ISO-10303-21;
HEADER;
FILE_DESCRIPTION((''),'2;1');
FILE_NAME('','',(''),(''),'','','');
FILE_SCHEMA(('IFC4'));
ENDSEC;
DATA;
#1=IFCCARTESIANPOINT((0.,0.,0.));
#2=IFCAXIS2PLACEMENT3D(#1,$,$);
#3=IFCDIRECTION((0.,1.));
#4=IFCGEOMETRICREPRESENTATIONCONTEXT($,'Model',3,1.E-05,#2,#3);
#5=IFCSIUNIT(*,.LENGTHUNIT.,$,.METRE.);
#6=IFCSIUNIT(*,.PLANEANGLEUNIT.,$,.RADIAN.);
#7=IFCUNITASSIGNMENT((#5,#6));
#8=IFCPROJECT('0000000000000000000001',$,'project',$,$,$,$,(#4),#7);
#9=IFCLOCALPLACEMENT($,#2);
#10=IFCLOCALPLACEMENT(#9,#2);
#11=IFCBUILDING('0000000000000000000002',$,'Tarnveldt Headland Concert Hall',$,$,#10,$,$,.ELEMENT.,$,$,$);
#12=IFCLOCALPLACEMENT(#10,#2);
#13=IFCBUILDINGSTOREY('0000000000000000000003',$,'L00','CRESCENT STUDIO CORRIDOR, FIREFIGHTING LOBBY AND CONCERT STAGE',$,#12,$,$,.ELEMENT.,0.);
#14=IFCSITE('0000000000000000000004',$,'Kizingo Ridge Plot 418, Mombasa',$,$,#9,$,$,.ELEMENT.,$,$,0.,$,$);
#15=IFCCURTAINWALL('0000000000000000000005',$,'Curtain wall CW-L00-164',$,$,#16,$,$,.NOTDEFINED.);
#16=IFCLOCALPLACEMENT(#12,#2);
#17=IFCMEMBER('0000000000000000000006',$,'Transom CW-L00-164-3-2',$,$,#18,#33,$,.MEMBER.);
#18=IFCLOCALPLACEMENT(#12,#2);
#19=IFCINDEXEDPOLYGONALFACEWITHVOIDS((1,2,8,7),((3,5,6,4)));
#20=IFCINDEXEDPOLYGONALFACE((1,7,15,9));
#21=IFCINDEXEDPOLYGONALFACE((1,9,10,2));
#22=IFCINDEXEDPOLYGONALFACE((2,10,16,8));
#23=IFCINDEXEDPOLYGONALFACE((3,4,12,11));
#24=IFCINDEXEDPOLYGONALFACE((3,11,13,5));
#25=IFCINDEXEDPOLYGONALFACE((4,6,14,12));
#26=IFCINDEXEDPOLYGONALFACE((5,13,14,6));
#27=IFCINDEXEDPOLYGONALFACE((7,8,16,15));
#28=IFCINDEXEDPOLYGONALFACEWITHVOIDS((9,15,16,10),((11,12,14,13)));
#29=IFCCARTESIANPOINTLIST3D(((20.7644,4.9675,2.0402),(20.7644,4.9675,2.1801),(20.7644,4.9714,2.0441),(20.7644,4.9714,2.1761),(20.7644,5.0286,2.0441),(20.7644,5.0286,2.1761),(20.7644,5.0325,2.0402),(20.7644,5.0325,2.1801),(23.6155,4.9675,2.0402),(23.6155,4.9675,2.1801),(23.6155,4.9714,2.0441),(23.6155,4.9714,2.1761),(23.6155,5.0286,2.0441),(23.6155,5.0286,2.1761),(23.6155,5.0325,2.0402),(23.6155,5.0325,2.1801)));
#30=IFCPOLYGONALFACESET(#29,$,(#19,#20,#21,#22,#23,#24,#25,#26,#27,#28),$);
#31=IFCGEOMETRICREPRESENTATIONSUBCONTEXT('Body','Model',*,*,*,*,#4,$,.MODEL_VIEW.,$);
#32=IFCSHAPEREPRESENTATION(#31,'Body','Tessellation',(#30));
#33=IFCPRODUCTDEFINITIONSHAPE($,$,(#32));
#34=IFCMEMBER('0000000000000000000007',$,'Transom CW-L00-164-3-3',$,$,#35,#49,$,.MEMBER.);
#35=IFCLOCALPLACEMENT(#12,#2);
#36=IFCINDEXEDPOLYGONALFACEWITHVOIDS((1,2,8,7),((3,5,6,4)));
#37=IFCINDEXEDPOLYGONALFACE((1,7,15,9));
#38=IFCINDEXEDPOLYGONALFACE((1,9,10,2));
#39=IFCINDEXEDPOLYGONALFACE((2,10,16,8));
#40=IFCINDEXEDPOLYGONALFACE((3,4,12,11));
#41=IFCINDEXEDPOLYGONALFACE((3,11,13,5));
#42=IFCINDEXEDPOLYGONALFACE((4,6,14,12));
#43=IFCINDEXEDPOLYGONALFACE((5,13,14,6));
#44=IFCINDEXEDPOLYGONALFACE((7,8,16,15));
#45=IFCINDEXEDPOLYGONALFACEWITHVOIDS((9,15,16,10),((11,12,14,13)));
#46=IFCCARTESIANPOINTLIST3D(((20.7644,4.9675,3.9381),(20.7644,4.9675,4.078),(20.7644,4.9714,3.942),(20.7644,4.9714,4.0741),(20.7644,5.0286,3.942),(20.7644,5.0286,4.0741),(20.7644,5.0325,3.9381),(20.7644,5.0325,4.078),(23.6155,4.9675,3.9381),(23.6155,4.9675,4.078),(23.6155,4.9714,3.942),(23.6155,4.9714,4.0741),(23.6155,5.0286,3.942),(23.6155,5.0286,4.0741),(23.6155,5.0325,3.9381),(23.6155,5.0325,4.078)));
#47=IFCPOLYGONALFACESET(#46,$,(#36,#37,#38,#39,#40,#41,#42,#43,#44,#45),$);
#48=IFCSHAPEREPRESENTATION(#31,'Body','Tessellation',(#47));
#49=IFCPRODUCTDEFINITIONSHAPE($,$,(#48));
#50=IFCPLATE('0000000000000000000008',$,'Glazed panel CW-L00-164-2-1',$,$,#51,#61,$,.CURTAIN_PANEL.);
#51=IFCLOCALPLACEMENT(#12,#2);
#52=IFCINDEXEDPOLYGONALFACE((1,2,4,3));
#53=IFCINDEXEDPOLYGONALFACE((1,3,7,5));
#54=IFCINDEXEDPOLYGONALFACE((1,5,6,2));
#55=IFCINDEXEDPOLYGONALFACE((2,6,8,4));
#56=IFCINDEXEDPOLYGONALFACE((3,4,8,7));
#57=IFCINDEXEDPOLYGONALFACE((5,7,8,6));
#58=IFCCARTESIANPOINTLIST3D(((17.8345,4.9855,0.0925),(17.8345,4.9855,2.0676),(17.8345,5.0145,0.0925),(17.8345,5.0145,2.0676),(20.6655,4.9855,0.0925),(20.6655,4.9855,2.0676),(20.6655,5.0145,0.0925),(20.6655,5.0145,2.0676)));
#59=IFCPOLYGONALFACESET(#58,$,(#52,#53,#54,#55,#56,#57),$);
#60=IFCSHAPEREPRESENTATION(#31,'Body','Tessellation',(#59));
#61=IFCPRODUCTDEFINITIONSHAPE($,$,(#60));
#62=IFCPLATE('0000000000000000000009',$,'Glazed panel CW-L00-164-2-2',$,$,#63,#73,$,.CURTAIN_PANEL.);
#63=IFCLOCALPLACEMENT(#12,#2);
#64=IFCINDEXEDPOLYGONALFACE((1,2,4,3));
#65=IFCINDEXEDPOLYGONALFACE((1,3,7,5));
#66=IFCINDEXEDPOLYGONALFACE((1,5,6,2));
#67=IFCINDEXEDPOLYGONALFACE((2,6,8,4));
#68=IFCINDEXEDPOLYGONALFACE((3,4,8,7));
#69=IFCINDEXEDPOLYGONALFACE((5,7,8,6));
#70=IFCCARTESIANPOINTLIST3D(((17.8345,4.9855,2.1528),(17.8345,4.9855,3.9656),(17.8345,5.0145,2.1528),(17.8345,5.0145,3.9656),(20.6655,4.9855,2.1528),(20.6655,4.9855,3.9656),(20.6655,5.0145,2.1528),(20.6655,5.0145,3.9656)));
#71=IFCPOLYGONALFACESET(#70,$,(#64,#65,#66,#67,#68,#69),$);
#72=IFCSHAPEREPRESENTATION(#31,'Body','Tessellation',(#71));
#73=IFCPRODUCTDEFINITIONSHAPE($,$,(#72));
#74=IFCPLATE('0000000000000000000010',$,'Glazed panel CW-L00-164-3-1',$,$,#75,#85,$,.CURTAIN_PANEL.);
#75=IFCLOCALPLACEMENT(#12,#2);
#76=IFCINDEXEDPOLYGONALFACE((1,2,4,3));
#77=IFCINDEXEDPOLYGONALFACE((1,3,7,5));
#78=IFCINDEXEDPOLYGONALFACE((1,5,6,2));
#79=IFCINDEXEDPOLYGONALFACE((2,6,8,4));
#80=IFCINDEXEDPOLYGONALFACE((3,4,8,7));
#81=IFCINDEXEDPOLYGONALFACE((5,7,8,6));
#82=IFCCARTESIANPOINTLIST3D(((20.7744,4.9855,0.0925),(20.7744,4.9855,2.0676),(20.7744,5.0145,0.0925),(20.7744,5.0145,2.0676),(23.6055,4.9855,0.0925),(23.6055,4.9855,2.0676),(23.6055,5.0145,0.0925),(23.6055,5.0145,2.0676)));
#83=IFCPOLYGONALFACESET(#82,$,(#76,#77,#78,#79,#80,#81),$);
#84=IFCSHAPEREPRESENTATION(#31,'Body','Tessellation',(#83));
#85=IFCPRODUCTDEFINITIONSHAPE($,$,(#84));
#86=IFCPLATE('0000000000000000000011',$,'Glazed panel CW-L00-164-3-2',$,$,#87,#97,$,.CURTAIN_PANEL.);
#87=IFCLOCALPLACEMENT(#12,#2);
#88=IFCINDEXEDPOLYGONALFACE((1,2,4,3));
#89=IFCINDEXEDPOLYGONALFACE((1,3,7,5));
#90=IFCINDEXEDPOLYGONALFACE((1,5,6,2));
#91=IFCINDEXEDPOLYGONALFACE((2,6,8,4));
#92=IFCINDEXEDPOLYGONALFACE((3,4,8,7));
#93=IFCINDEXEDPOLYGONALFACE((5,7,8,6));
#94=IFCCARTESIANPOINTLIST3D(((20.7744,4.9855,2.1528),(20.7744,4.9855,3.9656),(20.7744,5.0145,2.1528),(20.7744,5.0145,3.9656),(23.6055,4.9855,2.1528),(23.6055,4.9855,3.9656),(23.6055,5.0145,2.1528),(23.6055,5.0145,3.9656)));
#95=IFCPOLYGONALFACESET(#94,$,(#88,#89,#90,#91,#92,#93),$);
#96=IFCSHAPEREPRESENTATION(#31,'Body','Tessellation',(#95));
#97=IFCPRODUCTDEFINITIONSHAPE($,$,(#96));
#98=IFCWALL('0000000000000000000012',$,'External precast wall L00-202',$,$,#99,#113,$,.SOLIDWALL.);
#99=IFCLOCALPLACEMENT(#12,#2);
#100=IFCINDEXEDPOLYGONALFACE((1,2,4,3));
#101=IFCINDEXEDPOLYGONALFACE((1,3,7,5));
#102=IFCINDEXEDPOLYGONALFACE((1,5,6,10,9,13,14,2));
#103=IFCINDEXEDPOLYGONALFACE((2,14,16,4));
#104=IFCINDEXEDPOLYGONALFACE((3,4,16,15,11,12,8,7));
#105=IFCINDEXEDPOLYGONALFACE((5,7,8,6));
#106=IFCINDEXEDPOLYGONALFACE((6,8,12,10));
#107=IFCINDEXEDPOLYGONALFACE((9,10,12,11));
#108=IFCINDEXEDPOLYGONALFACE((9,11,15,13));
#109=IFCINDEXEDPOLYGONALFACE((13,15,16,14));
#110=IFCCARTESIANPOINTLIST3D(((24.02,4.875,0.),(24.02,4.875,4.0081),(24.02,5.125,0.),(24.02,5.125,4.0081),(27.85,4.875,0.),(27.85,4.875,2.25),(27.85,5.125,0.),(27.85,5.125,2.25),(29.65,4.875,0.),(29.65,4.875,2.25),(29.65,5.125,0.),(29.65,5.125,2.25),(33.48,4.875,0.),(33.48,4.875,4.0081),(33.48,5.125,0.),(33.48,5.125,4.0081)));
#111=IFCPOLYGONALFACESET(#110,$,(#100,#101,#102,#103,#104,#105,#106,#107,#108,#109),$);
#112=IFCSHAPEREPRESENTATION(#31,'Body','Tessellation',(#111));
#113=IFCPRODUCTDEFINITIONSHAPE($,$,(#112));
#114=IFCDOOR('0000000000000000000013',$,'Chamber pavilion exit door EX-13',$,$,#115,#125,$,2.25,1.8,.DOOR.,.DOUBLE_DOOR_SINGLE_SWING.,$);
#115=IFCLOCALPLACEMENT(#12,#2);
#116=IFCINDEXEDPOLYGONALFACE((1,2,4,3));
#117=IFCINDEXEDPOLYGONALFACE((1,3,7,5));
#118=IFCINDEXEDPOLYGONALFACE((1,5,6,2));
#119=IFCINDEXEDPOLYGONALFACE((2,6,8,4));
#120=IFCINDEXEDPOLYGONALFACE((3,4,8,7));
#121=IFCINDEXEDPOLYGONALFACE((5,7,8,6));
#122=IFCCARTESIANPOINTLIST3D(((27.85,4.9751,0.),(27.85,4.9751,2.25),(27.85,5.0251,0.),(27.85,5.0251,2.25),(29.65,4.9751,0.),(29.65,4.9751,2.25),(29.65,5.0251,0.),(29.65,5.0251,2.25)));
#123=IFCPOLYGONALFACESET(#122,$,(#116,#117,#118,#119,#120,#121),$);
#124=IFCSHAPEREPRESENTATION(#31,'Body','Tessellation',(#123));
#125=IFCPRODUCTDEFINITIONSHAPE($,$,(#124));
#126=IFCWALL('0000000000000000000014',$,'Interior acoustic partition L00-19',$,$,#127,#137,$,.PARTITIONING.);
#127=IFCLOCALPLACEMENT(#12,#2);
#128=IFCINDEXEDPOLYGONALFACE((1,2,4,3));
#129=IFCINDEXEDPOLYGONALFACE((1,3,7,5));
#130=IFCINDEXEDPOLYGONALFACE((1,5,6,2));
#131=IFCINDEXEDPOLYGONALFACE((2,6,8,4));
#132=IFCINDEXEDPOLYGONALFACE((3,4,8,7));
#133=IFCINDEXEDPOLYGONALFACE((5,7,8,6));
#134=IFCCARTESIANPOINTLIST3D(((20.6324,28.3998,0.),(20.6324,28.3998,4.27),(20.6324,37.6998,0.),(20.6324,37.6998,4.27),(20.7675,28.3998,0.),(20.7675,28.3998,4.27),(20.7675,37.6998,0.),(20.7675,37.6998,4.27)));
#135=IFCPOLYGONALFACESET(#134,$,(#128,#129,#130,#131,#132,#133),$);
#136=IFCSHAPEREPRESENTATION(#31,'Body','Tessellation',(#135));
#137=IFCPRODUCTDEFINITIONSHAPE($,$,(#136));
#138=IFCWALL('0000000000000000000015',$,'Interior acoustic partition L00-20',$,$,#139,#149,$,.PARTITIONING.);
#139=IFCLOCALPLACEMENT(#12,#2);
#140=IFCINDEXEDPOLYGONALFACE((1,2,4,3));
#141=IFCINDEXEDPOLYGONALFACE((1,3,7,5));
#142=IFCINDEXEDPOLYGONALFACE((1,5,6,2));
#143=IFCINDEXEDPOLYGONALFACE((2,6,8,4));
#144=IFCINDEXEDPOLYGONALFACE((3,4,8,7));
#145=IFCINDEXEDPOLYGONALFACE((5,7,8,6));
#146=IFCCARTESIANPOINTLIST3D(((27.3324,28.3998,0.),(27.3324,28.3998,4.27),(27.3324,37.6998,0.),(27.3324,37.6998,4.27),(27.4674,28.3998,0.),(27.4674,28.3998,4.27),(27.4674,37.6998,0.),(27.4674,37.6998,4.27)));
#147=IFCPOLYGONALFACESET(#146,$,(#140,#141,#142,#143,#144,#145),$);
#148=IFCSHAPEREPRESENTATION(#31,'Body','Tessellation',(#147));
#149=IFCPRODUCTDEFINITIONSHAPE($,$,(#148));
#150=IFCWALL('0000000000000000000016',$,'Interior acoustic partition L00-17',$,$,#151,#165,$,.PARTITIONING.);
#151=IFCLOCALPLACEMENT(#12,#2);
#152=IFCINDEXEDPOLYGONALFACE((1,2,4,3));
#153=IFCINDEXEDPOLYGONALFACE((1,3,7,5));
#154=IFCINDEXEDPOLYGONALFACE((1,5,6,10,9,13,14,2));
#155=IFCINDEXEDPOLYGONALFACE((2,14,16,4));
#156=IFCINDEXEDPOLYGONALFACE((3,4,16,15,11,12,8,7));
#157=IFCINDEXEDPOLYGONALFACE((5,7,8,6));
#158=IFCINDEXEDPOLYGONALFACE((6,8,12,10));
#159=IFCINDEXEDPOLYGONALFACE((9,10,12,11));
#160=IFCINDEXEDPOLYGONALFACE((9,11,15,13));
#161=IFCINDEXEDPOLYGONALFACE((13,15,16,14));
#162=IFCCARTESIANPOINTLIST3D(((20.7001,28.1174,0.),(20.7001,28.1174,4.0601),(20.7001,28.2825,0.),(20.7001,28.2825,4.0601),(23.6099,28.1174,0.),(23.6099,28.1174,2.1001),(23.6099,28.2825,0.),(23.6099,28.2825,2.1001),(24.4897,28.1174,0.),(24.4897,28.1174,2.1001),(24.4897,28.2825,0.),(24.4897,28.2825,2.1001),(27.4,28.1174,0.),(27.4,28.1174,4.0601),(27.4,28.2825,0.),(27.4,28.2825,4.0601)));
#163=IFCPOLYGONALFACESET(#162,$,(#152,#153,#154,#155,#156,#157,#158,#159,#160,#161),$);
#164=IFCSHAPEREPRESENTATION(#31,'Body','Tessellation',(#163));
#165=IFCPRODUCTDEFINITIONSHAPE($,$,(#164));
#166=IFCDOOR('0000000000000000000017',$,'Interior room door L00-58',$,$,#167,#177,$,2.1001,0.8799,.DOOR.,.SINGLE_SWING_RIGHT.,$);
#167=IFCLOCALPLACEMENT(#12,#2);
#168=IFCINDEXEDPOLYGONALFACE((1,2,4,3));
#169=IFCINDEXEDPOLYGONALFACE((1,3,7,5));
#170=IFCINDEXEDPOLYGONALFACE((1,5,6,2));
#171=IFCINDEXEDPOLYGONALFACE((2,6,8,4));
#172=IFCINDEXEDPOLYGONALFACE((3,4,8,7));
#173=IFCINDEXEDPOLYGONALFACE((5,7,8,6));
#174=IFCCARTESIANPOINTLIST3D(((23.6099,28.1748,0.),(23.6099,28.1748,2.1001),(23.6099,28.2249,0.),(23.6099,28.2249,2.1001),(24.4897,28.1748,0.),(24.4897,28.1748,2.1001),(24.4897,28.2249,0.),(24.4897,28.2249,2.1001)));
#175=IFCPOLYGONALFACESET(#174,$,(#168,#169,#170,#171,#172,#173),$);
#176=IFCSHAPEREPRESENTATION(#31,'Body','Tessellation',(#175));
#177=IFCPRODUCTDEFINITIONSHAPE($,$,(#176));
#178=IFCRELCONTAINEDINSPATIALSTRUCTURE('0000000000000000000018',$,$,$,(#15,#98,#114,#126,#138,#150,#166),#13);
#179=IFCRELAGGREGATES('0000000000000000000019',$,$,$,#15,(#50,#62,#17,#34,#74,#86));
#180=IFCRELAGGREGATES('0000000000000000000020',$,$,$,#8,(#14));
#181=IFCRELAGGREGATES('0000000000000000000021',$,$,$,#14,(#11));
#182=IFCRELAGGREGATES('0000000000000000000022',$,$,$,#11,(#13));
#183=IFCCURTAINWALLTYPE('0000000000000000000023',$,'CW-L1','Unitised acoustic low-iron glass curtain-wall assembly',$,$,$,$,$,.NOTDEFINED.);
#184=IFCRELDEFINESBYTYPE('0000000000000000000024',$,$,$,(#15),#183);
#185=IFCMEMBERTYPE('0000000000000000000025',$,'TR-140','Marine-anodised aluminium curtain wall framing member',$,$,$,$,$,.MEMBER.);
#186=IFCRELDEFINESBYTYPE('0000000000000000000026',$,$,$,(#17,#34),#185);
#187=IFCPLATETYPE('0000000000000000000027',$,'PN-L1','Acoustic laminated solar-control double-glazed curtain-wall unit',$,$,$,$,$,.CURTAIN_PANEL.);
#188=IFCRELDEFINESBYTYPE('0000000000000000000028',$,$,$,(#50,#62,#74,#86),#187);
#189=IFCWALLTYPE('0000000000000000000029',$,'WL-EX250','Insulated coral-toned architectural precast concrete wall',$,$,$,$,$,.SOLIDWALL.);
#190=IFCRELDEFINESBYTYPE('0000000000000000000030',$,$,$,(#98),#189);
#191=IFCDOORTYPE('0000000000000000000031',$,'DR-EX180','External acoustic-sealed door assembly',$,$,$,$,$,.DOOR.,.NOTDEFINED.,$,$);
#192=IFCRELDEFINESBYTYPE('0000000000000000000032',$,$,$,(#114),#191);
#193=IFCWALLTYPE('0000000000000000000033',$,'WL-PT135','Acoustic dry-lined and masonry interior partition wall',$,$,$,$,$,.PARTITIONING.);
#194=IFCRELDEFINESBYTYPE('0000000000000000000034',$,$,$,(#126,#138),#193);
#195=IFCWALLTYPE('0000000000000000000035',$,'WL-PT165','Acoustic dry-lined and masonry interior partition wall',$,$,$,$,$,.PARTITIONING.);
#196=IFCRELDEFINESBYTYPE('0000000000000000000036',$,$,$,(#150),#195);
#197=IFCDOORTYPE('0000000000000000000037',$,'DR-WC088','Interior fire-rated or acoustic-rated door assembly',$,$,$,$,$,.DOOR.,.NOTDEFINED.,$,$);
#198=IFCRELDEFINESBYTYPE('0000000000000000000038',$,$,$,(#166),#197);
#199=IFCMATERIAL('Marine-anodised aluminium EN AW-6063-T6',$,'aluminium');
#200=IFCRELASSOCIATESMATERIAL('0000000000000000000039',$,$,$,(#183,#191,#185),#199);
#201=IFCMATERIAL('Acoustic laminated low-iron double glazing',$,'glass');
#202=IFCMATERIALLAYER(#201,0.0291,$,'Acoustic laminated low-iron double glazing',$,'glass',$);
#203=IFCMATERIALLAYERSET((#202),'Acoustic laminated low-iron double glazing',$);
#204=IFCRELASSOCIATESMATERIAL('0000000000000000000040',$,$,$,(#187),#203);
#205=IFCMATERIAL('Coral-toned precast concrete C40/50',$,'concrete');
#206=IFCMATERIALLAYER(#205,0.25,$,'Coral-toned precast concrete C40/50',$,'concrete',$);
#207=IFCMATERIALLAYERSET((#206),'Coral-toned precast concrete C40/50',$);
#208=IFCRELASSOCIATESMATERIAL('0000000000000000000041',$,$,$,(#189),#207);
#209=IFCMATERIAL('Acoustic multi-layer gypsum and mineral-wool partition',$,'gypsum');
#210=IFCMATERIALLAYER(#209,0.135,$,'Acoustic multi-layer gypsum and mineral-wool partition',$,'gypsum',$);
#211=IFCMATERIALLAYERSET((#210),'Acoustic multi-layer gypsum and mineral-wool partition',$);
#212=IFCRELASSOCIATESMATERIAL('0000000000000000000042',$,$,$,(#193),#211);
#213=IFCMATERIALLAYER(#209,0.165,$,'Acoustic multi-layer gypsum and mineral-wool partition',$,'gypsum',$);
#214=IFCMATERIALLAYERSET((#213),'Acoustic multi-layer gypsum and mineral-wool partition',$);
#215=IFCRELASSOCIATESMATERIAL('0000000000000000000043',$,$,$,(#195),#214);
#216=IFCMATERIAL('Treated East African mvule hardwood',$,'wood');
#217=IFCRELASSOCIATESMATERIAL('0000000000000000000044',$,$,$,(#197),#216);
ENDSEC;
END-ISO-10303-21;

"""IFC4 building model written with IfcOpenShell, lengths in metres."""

from ifc_helpers import new_model, si_unit, direction, frame, frame_2d, origin, origin_2d, place, context, subcontext, project, spatial, rectangle, hollow_rectangle, extrude, material, layer, layer_set, material_profile, profile_set, type_object, element, fill, aggregate, save


model = new_model("IFC4")

# Units and contexts
model_context = context("Model", 3, precision=1e-05, world=origin(), true_north=direction((0.0, 1.0)))
body_context = subcontext(model_context, "Body", "Model", "MODEL_VIEW")
ifc_project = project(units=[si_unit("LENGTHUNIT", "METRE"), si_unit("PLANEANGLEUNIT", "RADIAN")], contexts=[model_context])

# Site, building, storey
site_placement = place(None, origin())
site = spatial("IfcSite", under=ifc_project, at=site_placement, Name="Kizingo Ridge Plot 418, Mombasa", CompositionType="ELEMENT", RefElevation=0.0)
building_placement = place(site_placement, origin())
building = spatial("IfcBuilding", under=site, at=building_placement, Name="Tarnveldt Headland Concert Hall", CompositionType="ELEMENT")
storey_placement = place(building_placement, origin())
storey = spatial("IfcBuildingStorey", under=building, at=storey_placement, Name="L00", Description="CRESCENT STUDIO CORRIDOR, FIREFIGHTING LOBBY AND CONCERT STAGE", CompositionType="ELEMENT", Elevation=0.0)

# Curtain wall
ifc_material_1 = material(Name="Marine-anodised aluminium EN AW-6063-T6", Category="aluminium")
curtain_wall_type = type_object("IfcCurtainWallType", Name="CW-L1", Description="Unitised acoustic low-iron glass curtain-wall assembly", PredefinedType="NOTDEFINED", material=ifc_material_1)
curtain_wall_placement = place(storey_placement, origin())
curtain_wall = element("IfcCurtainWall", 1, at=curtain_wall_placement, inside=storey, type_object=curtain_wall_type, Name="Curtain wall CW-L00-164", PredefinedType="NOTDEFINED")

# Members
ifc_material_profile_1 = material_profile(ifc_material_1, hollow_rectangle(XDim=0.0649, YDim=0.1399, WallThickness=0.0039, at=origin_2d()), Name="ALU TRANSOM 65x140x4", Category="aluminium")
ifc_profile_set_1 = profile_set([ifc_material_profile_1], Name="Marine-anodised aluminium EN AW-6063-T6")
member_type_1 = type_object("IfcMemberType", Name="TR-140", Description="Marine-anodised aluminium curtain wall framing member", PredefinedType="MEMBER", material=ifc_profile_set_1)
member_1_placement = place(storey_placement, frame((20.7644, 5.0, 2.1101), z_axis=(1.0, 0.0, 0.0), x_axis=(0.0, 1.0, 0.0)))
member_1 = element("IfcMember", 2, at=member_1_placement, type_object=member_type_1, Name="Transom CW-L00-164-3-2", PredefinedType="MEMBER", context=body_context, shape_type="SweptSolid", body=[
    extrude(hollow_rectangle(XDim=0.0649, YDim=0.1399, WallThickness=0.0039, at=origin_2d()), origin(), (0.0, 0.0, 1.0), 2.8511),
])
member_2_placement = place(storey_placement, frame((20.7644, 5.0, 4.0081), z_axis=(1.0, 0.0, 0.0), x_axis=(0.0, 1.0, 0.0)))
member_2 = element("IfcMember", 3, at=member_2_placement, type_object=member_type_1, Name="Transom CW-L00-164-3-3", PredefinedType="MEMBER", context=body_context, shape_type="SweptSolid", body=[
    extrude(hollow_rectangle(XDim=0.0649, YDim=0.1399, WallThickness=0.0039, at=origin_2d()), origin(), (0.0, 0.0, 1.0), 2.8511),
])

# Plates
ifc_material_2 = material(Name="Acoustic laminated low-iron double glazing", Category="glass")
ifc_layer_1 = layer(ifc_material_2, 0.0291, Name="Acoustic laminated low-iron double glazing", Category="glass")
ifc_layer_set_1 = layer_set([ifc_layer_1], Name="Acoustic laminated low-iron double glazing")
plate_type = type_object("IfcPlateType", Name="PN-L1", Description="Acoustic laminated solar-control double-glazed curtain-wall unit", PredefinedType="CURTAIN_PANEL", material=ifc_layer_set_1)
plate_1_placement = place(storey_placement, frame((19.25, 5.0, 0.0925), z_axis=(0.0, 0.0, 1.0), x_axis=(1.0, 0.0, 0.0)))
plate_1 = element("IfcPlate", 4, at=plate_1_placement, type_object=plate_type, Name="Glazed panel CW-L00-164-2-1", PredefinedType="CURTAIN_PANEL", context=body_context, shape_type="SweptSolid", body=[
    extrude(rectangle(XDim=2.8311, YDim=0.0291, at=origin_2d()), origin(), (0.0, 0.0, 1.0), 1.9751),
])
plate_2_placement = place(storey_placement, frame((19.25, 5.0, 2.1528), z_axis=(0.0, 0.0, 1.0), x_axis=(1.0, 0.0, 0.0)))
plate_2 = element("IfcPlate", 5, at=plate_2_placement, type_object=plate_type, Name="Glazed panel CW-L00-164-2-2", PredefinedType="CURTAIN_PANEL", context=body_context, shape_type="SweptSolid", body=[
    extrude(rectangle(XDim=2.8311, YDim=0.0291, at=origin_2d()), origin(), (0.0, 0.0, 1.0), 1.8127),
])
plate_3_placement = place(storey_placement, frame((22.1899, 5.0, 0.0925), z_axis=(0.0, 0.0, 1.0), x_axis=(1.0, 0.0, 0.0)))
plate_3 = element("IfcPlate", 6, at=plate_3_placement, type_object=plate_type, Name="Glazed panel CW-L00-164-3-1", PredefinedType="CURTAIN_PANEL", context=body_context, shape_type="SweptSolid", body=[
    extrude(rectangle(XDim=2.8311, YDim=0.0291, at=origin_2d()), origin(), (0.0, 0.0, 1.0), 1.9751),
])
plate_4_placement = place(storey_placement, frame((22.1899, 5.0, 2.1528), z_axis=(0.0, 0.0, 1.0), x_axis=(1.0, 0.0, 0.0)))
plate_4 = element("IfcPlate", 7, at=plate_4_placement, type_object=plate_type, Name="Glazed panel CW-L00-164-3-2", PredefinedType="CURTAIN_PANEL", context=body_context, shape_type="SweptSolid", body=[
    extrude(rectangle(XDim=2.8311, YDim=0.0291, at=origin_2d()), origin(), (0.0, 0.0, 1.0), 1.8127),
])
aggregate(curtain_wall, [plate_1, plate_2, member_1, member_2, plate_3, plate_4])

# Wall, opening, door
ifc_material_3 = material(Name="Coral-toned precast concrete C40/50", Category="concrete")
ifc_layer_2 = layer(ifc_material_3, 0.25, Name="Coral-toned precast concrete C40/50", Category="concrete")
ifc_layer_set_2 = layer_set([ifc_layer_2], Name="Coral-toned precast concrete C40/50")
wall_type_1 = type_object("IfcWallType", Name="WL-EX250", Description="Insulated coral-toned architectural precast concrete wall", PredefinedType="SOLIDWALL", material=ifc_layer_set_2)
wall_1_placement = place(storey_placement, frame((33.48, 5.0, 0.0), z_axis=(0.0, 0.0, 1.0), x_axis=(-1.0, 0.0, 0.0)))
wall_1 = element("IfcWall", 8, at=wall_1_placement, inside=storey, type_object=wall_type_1, Name="External precast wall L00-202", PredefinedType="SOLIDWALL", context=body_context, shape_type="SweptSolid", body=[
    extrude(rectangle(XDim=9.46, YDim=0.25, at=frame_2d((4.73, 0.0))), origin(), (0.0, 0.0, 1.0), 4.0081),
])
opening_1_placement = place(wall_1_placement, frame((3.8301, 0.0, 0.0)))
opening_1 = element("IfcOpeningElement", 9, at=opening_1_placement, cuts=wall_1, PredefinedType="OPENING", context=body_context, shape_type="SweptSolid", body=[
    extrude(rectangle(XDim=1.8, YDim=2.25, at=frame_2d((0.8999, 1.125))), frame((0.0, 0.135, 0.0), z_axis=(0.0, -1.0, 0.0), x_axis=(1.0, 0.0, 0.0)), (0.0, 0.0, 1.0), 0.27),
])
door_type_1 = type_object("IfcDoorType", Name="DR-EX180", Description="External acoustic-sealed door assembly", OperationType="NOTDEFINED", PredefinedType="DOOR", material=ifc_material_1)
door_1_placement = place(opening_1_placement, origin())
door_1 = element("IfcDoor", 10, at=door_1_placement, inside=storey, type_object=door_type_1, Name="Chamber pavilion exit door EX-13", OperationType="DOUBLE_DOOR_SINGLE_SWING", OverallHeight=2.25, OverallWidth=1.8, PredefinedType="DOOR", context=body_context, shape_type="SweptSolid", body=[
    extrude(rectangle(XDim=1.8, YDim=2.25, at=frame_2d((0.8999, 1.125))), frame((0.0, 0.0249, 0.0), z_axis=(0.0, -1.0, 0.0), x_axis=(1.0, 0.0, 0.0)), (0.0, 0.0, 1.0), 0.05),
])
fill(opening_1, door_1)

# Walls
ifc_material_4 = material(Name="Acoustic multi-layer gypsum and mineral-wool partition", Category="gypsum")
ifc_layer_3 = layer(ifc_material_4, 0.135, Name="Acoustic multi-layer gypsum and mineral-wool partition", Category="gypsum")
ifc_layer_set_3 = layer_set([ifc_layer_3], Name="Acoustic multi-layer gypsum and mineral-wool partition")
wall_type_2 = type_object("IfcWallType", Name="WL-PT135", Description="Acoustic dry-lined and masonry interior partition wall", PredefinedType="PARTITIONING", material=ifc_layer_set_3)
for number, where, z_axis, x_axis, name in (
    (11, (20.7, 28.3999, 0.0), (0.0, 0.0, 1.0), (0.0, 1.0, 0.0), "Interior acoustic partition L00-19"),
    (12, (27.3999, 28.3999, 0.0), (0.0, 0.0, 1.0), (0.0, 1.0, 0.0), "Interior acoustic partition L00-20"),
):
    element("IfcWall", number, at=place(storey_placement, frame(where, z_axis=z_axis, x_axis=x_axis)), inside=storey, type_object=wall_type_2, Name=name, PredefinedType="PARTITIONING", context=body_context, shape_type="SweptSolid", body=[
        extrude(rectangle(XDim=9.3, YDim=0.135, at=frame_2d((4.6499, 0.0))), origin(), (0.0, 0.0, 1.0), 4.27),
    ])

# Wall, opening, door
ifc_layer_4 = layer(ifc_material_4, 0.165, Name="Acoustic multi-layer gypsum and mineral-wool partition", Category="gypsum")
ifc_layer_set_4 = layer_set([ifc_layer_4], Name="Acoustic multi-layer gypsum and mineral-wool partition")
wall_type_3 = type_object("IfcWallType", Name="WL-PT165", Description="Acoustic dry-lined and masonry interior partition wall", PredefinedType="PARTITIONING", material=ifc_layer_set_4)
wall_2_placement = place(storey_placement, frame((20.7, 28.2, 0.0), z_axis=(0.0, 0.0, 1.0), x_axis=(1.0, 0.0, 0.0)))
wall_2 = element("IfcWall", 13, at=wall_2_placement, inside=storey, type_object=wall_type_3, Name="Interior acoustic partition L00-17", PredefinedType="PARTITIONING", context=body_context, shape_type="SweptSolid", body=[
    extrude(rectangle(XDim=6.7, YDim=0.165, at=frame_2d((3.3501, 0.0))), origin(), (0.0, 0.0, 1.0), 4.0601),
])
opening_2_placement = place(wall_2_placement, frame((2.9099, 0.0, 0.0)))
opening_2 = element("IfcOpeningElement", 14, at=opening_2_placement, cuts=wall_2, PredefinedType="OPENING", context=body_context, shape_type="SweptSolid", body=[
    extrude(rectangle(XDim=0.8799, YDim=2.1001, at=frame_2d((0.4399, 1.05))), frame((0.0, 0.0925, 0.0), z_axis=(0.0, -1.0, 0.0), x_axis=(1.0, 0.0, 0.0)), (0.0, 0.0, 1.0), 0.1851),
])
ifc_material_5 = material(Name="Treated East African mvule hardwood", Category="wood")
door_type_2 = type_object("IfcDoorType", Name="DR-WC088", Description="Interior fire-rated or acoustic-rated door assembly", OperationType="NOTDEFINED", PredefinedType="DOOR", material=ifc_material_5)
door_2_placement = place(opening_2_placement, origin())
door_2 = element("IfcDoor", 15, at=door_2_placement, inside=storey, type_object=door_type_2, Name="Interior room door L00-58", OperationType="SINGLE_SWING_RIGHT", OverallHeight=2.1001, OverallWidth=0.8799, PredefinedType="DOOR", context=body_context, shape_type="SweptSolid", body=[
    extrude(rectangle(XDim=0.8799, YDim=2.1001, at=frame_2d((0.4399, 1.05))), frame((0.0, 0.0249, 0.0), z_axis=(0.0, -1.0, 0.0), x_axis=(1.0, 0.0, 0.0)), (0.0, 0.0, 1.0), 0.05),
])
fill(opening_2, door_2)

save(model, "model.ifc")
